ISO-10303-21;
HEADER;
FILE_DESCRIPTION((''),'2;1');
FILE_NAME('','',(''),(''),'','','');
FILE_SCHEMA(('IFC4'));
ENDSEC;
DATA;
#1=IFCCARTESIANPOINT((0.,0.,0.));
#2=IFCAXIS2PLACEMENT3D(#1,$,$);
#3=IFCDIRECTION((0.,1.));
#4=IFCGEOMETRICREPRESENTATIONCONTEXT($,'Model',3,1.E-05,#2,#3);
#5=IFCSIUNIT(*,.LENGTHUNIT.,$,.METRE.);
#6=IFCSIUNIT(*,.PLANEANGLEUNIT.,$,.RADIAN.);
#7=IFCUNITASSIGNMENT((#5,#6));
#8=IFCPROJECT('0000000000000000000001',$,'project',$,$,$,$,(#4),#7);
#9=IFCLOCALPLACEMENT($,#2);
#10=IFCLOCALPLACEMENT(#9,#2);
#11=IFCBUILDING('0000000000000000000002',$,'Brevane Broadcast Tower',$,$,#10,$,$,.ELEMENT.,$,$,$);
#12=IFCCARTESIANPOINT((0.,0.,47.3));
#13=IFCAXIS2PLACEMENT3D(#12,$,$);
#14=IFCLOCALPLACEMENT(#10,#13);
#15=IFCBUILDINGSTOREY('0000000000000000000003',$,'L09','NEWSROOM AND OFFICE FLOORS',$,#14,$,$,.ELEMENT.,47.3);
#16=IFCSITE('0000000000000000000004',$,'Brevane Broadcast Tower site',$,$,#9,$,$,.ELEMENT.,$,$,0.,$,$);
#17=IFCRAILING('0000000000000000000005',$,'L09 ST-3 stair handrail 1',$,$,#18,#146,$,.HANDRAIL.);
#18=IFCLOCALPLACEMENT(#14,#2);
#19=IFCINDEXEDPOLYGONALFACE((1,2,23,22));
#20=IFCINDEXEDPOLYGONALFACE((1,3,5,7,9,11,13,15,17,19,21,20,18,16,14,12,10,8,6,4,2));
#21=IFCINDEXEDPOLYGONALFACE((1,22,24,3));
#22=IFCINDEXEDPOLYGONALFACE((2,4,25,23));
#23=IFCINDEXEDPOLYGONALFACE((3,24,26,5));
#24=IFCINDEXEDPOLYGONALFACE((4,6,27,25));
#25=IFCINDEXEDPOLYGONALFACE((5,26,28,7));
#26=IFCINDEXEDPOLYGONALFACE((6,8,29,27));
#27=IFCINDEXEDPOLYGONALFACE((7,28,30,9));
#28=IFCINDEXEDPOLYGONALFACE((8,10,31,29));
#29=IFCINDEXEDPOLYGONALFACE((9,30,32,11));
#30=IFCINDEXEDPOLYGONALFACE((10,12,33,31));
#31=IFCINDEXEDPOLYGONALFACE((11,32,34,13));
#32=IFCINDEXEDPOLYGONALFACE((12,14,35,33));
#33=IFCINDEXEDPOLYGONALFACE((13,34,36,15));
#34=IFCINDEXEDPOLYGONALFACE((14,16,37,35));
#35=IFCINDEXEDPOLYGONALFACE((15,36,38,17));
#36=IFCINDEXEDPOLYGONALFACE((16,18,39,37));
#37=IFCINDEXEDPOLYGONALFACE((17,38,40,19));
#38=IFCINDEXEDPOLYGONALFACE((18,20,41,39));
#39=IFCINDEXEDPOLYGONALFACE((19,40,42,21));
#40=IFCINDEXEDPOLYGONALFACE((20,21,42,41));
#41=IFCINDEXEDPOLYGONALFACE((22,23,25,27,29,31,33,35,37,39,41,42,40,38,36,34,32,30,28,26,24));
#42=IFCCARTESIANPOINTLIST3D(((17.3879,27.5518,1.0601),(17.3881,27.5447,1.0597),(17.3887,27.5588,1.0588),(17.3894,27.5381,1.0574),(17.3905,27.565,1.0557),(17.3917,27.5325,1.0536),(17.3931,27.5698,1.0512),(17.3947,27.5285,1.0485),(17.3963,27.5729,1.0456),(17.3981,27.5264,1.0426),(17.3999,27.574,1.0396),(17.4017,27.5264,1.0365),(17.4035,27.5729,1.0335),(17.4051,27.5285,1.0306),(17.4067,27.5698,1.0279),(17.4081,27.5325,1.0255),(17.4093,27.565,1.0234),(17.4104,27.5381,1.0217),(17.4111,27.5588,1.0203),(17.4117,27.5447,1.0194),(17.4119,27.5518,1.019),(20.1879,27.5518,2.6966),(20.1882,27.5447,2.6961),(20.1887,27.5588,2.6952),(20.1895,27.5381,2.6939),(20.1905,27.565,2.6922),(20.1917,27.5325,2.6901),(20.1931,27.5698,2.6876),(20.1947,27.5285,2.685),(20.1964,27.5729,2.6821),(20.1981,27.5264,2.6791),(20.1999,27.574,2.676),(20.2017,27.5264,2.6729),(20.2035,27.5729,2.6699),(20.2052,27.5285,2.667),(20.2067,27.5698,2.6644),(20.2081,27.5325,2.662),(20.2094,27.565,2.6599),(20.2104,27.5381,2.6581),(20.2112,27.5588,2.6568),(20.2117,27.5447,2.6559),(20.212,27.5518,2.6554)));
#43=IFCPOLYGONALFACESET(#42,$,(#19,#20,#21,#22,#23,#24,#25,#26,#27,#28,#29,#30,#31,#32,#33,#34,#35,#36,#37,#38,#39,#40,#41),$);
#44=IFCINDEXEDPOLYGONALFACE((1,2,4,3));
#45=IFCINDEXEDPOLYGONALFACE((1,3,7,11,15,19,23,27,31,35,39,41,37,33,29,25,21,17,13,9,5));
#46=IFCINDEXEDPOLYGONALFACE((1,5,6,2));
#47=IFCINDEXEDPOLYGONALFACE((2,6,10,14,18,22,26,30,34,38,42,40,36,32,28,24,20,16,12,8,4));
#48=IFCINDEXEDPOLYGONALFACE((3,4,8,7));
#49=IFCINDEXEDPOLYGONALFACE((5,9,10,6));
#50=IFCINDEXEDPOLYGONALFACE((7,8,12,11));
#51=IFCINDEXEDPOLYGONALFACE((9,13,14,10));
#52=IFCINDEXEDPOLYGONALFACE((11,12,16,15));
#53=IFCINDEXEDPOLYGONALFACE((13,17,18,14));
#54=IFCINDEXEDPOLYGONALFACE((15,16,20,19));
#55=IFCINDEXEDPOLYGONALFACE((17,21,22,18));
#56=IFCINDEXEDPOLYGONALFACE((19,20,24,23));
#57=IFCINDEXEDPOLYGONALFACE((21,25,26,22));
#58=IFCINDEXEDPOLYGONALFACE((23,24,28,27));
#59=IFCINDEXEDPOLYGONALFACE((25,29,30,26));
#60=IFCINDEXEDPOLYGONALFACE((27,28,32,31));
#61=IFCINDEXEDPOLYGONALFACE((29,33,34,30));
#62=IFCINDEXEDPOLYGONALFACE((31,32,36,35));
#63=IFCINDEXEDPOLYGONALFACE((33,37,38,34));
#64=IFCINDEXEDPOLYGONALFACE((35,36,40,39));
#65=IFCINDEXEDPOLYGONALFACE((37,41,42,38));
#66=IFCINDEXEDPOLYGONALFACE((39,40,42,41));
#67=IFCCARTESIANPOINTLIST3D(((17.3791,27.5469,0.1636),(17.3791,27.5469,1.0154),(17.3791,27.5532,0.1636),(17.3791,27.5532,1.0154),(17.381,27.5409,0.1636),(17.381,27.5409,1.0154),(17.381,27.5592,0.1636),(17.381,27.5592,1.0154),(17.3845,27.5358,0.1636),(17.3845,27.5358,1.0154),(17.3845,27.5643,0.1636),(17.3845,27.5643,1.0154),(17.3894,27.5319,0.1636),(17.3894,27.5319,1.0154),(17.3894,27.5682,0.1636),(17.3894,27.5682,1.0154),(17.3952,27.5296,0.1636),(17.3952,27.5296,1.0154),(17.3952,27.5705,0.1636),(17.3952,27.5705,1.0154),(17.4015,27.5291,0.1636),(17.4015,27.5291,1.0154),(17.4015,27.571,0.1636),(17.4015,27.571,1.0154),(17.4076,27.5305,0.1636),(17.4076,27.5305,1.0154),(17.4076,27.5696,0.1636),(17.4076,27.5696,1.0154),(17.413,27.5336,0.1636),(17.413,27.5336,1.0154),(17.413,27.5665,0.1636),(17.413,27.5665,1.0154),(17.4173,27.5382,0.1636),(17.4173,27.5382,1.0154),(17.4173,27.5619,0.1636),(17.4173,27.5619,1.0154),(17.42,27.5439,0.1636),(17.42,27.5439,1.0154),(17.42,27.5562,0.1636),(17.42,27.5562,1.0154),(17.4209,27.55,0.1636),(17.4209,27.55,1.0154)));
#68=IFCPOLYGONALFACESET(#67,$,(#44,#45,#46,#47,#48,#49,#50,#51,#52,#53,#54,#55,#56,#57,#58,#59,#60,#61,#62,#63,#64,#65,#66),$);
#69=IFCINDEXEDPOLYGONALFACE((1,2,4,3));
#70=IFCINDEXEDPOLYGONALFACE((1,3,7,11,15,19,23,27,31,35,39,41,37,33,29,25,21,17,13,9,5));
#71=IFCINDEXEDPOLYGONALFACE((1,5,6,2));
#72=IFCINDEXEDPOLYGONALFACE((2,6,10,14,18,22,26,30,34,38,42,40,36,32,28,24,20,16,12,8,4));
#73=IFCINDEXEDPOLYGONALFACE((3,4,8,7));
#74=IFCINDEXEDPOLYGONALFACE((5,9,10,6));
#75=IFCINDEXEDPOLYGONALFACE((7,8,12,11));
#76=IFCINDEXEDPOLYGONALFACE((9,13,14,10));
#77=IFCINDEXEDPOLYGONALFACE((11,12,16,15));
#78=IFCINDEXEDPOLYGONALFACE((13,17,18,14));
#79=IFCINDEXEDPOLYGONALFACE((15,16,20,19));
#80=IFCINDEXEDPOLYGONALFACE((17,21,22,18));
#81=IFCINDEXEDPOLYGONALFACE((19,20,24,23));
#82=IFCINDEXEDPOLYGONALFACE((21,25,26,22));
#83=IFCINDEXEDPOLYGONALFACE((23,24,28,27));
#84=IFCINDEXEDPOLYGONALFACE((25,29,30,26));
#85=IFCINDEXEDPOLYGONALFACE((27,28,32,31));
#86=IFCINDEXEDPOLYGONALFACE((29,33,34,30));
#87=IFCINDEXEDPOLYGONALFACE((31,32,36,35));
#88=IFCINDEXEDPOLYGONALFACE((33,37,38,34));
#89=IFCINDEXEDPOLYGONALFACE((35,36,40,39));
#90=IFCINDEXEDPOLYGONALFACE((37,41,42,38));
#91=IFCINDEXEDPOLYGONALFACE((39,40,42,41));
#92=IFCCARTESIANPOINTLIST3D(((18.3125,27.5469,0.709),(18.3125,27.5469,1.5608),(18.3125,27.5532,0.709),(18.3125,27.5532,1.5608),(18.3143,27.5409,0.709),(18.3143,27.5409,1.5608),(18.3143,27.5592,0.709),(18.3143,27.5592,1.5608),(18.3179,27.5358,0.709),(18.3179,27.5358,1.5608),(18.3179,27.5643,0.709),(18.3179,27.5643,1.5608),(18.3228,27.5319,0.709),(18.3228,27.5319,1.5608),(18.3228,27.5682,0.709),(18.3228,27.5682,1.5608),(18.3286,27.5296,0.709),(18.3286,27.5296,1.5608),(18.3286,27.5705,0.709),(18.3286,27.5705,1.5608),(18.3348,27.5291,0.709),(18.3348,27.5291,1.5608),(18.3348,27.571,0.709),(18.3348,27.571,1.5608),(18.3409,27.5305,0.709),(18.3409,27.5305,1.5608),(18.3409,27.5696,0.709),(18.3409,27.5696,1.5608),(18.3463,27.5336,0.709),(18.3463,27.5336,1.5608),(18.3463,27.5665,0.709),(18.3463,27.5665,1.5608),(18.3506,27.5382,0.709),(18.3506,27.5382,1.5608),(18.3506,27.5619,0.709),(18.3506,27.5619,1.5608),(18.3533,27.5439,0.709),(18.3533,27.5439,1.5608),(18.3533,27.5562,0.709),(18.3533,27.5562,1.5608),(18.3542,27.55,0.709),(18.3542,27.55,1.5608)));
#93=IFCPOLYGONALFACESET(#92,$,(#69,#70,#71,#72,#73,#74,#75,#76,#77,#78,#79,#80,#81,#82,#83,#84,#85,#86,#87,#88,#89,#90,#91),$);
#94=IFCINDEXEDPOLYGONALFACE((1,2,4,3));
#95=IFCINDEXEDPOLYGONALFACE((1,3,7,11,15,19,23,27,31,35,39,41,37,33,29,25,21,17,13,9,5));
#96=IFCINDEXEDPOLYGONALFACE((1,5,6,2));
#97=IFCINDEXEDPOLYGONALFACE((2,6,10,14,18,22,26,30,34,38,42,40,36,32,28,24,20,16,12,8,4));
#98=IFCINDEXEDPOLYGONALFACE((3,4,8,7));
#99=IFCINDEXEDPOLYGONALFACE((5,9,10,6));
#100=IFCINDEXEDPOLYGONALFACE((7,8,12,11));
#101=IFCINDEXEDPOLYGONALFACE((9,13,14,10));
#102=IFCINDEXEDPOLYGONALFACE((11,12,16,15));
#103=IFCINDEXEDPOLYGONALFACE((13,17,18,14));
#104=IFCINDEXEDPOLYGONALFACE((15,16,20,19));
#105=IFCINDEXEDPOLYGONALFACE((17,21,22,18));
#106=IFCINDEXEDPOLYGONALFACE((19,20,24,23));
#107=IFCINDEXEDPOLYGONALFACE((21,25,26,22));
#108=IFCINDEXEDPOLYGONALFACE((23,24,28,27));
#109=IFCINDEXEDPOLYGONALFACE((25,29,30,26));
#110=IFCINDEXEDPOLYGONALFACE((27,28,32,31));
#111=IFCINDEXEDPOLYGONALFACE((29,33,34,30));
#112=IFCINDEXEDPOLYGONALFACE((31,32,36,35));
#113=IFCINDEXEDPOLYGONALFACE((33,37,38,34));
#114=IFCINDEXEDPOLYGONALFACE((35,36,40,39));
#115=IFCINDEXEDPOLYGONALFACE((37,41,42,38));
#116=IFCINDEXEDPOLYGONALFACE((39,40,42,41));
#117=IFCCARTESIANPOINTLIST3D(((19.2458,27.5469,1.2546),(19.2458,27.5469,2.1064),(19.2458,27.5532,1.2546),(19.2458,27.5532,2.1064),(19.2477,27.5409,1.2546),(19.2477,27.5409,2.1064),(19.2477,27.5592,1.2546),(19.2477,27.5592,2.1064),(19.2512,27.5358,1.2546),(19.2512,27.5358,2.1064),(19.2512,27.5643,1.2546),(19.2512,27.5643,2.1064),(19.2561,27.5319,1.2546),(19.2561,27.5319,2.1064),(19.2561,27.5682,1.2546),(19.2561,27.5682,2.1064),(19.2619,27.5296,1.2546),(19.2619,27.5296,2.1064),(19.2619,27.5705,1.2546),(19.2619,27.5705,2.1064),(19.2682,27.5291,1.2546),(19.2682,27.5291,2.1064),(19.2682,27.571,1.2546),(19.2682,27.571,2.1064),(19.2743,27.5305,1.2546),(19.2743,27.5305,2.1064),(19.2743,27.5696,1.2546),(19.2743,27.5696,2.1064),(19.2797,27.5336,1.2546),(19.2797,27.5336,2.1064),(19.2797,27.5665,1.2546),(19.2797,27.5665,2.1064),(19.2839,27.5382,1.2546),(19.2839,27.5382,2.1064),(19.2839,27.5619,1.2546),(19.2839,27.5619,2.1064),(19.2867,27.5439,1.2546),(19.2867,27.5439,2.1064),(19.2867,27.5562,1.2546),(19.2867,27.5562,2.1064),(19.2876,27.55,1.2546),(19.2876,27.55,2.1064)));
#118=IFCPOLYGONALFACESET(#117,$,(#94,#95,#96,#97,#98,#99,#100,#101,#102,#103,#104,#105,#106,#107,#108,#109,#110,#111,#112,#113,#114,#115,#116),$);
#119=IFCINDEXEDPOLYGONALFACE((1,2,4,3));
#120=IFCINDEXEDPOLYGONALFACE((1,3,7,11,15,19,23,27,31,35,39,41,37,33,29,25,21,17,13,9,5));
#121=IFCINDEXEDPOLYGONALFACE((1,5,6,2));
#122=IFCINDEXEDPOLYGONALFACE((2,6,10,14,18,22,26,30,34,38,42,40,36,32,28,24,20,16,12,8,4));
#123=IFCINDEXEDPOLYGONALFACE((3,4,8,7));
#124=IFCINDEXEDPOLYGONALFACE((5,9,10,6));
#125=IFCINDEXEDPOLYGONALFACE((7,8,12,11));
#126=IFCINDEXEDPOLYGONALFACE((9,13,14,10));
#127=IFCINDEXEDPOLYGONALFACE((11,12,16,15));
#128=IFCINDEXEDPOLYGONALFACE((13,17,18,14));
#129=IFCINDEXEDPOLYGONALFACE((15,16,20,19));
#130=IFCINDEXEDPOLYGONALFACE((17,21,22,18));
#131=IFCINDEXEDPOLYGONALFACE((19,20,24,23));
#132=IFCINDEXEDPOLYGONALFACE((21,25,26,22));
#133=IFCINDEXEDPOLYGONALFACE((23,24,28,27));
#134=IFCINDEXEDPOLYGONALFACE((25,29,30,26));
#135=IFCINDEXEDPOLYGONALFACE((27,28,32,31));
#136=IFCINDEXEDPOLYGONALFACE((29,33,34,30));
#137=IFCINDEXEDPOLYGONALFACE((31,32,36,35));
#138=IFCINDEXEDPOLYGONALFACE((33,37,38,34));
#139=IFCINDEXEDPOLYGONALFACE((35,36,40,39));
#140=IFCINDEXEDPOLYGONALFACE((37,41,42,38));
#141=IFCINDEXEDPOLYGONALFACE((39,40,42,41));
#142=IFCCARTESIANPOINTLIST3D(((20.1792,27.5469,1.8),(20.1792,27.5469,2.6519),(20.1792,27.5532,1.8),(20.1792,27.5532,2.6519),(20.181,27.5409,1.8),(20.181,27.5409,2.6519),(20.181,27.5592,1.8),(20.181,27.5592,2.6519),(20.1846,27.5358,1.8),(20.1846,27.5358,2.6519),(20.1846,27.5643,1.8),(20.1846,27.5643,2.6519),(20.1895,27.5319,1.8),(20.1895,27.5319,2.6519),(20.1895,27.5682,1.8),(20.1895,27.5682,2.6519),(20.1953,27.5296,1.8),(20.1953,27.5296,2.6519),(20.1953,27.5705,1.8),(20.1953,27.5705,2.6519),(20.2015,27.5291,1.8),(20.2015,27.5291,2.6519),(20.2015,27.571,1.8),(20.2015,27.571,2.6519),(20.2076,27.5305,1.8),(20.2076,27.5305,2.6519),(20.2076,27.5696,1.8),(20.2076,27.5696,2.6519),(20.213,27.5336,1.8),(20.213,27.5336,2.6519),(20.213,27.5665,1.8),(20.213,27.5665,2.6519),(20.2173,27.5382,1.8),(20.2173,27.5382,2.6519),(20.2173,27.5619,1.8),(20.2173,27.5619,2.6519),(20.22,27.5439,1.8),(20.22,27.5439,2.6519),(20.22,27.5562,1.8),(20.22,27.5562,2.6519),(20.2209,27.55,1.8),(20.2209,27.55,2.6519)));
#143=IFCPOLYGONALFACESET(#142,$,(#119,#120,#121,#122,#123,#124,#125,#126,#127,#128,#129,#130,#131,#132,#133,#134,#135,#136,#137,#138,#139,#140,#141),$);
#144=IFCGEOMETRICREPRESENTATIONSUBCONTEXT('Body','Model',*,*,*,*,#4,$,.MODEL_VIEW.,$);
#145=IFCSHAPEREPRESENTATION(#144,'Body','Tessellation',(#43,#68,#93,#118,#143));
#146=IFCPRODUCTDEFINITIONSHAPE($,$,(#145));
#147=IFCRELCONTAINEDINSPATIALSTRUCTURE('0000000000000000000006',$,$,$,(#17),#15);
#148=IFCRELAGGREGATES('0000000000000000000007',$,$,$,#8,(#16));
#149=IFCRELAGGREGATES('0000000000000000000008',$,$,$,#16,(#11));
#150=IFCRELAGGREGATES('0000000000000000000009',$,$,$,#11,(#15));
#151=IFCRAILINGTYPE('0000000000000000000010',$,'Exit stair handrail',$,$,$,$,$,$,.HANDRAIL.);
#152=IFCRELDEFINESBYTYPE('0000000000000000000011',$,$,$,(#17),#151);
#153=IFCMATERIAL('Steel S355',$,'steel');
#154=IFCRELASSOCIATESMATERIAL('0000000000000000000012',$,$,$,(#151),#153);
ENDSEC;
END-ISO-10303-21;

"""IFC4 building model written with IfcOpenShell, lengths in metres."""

from ifc_helpers import new_model, si_unit, direction, frame, origin, origin_2d, place, context, subcontext, project, spatial, circle, extrude, material, type_object, element, save


model = new_model("IFC4")

# Units and contexts
model_context = context("Model", 3, precision=1e-05, world=origin(), true_north=direction((0.0, 1.0)))
body_context = subcontext(model_context, "Body", "Model", "MODEL_VIEW")
ifc_project = project(units=[si_unit("LENGTHUNIT", "METRE"), si_unit("PLANEANGLEUNIT", "RADIAN")], contexts=[model_context])

# Site, building, storey
site_placement = place(None, origin())
site = spatial("IfcSite", under=ifc_project, at=site_placement, Name="Brevane Broadcast Tower site", CompositionType="ELEMENT", RefElevation=0.0)
building_placement = place(site_placement, origin())
building = spatial("IfcBuilding", under=site, at=building_placement, Name="Brevane Broadcast Tower", CompositionType="ELEMENT")
storey_placement = place(building_placement, frame((0.0, 0.0, 47.3)))
storey = spatial("IfcBuildingStorey", under=building, at=storey_placement, Name="L09", Description="NEWSROOM AND OFFICE FLOORS", CompositionType="ELEMENT", Elevation=47.3)

# Railing
ifc_material_1 = material(Name="Steel S355", Category="steel")
railing_type_1 = type_object("IfcRailingType", Name="Exit stair handrail", PredefinedType="HANDRAIL", material=ifc_material_1)
railing_1_placement = place(storey_placement, frame((17.3999, 27.55, 0.1636)))
element("IfcRailing", 1, at=railing_1_placement, inside=storey, type_object=railing_type_1, Name="L09 ST-3 stair handrail 1", PredefinedType="HANDRAIL", context=body_context, shape_type="SweptSolid", body=[
    extrude(circle(Radius=0.0239, at=origin_2d()), frame((0.0, 0.0, 0.876), z_axis=(0.863361, 0.0, 0.504587), x_axis=(0.0, 1.0, 0.0)), (0.0, 0.0, 1.0), 3.2432),
    extrude(circle(Radius=0.021, at=origin_2d()), origin(), (0.0, 0.0, 1.0), 0.8518),
    extrude(circle(Radius=0.021, at=origin_2d()), frame((0.9333, 0.0, 0.5454)), (0.0, 0.0, 1.0), 0.8518),
    extrude(circle(Radius=0.021, at=origin_2d()), frame((1.8667, 0.0, 1.0911)), (0.0, 0.0, 1.0), 0.8518),
    extrude(circle(Radius=0.021, at=origin_2d()), frame((2.8, 0.0, 1.6365)), (0.0, 0.0, 1.0), 0.8518),
])

save(model, "model.ifc")
